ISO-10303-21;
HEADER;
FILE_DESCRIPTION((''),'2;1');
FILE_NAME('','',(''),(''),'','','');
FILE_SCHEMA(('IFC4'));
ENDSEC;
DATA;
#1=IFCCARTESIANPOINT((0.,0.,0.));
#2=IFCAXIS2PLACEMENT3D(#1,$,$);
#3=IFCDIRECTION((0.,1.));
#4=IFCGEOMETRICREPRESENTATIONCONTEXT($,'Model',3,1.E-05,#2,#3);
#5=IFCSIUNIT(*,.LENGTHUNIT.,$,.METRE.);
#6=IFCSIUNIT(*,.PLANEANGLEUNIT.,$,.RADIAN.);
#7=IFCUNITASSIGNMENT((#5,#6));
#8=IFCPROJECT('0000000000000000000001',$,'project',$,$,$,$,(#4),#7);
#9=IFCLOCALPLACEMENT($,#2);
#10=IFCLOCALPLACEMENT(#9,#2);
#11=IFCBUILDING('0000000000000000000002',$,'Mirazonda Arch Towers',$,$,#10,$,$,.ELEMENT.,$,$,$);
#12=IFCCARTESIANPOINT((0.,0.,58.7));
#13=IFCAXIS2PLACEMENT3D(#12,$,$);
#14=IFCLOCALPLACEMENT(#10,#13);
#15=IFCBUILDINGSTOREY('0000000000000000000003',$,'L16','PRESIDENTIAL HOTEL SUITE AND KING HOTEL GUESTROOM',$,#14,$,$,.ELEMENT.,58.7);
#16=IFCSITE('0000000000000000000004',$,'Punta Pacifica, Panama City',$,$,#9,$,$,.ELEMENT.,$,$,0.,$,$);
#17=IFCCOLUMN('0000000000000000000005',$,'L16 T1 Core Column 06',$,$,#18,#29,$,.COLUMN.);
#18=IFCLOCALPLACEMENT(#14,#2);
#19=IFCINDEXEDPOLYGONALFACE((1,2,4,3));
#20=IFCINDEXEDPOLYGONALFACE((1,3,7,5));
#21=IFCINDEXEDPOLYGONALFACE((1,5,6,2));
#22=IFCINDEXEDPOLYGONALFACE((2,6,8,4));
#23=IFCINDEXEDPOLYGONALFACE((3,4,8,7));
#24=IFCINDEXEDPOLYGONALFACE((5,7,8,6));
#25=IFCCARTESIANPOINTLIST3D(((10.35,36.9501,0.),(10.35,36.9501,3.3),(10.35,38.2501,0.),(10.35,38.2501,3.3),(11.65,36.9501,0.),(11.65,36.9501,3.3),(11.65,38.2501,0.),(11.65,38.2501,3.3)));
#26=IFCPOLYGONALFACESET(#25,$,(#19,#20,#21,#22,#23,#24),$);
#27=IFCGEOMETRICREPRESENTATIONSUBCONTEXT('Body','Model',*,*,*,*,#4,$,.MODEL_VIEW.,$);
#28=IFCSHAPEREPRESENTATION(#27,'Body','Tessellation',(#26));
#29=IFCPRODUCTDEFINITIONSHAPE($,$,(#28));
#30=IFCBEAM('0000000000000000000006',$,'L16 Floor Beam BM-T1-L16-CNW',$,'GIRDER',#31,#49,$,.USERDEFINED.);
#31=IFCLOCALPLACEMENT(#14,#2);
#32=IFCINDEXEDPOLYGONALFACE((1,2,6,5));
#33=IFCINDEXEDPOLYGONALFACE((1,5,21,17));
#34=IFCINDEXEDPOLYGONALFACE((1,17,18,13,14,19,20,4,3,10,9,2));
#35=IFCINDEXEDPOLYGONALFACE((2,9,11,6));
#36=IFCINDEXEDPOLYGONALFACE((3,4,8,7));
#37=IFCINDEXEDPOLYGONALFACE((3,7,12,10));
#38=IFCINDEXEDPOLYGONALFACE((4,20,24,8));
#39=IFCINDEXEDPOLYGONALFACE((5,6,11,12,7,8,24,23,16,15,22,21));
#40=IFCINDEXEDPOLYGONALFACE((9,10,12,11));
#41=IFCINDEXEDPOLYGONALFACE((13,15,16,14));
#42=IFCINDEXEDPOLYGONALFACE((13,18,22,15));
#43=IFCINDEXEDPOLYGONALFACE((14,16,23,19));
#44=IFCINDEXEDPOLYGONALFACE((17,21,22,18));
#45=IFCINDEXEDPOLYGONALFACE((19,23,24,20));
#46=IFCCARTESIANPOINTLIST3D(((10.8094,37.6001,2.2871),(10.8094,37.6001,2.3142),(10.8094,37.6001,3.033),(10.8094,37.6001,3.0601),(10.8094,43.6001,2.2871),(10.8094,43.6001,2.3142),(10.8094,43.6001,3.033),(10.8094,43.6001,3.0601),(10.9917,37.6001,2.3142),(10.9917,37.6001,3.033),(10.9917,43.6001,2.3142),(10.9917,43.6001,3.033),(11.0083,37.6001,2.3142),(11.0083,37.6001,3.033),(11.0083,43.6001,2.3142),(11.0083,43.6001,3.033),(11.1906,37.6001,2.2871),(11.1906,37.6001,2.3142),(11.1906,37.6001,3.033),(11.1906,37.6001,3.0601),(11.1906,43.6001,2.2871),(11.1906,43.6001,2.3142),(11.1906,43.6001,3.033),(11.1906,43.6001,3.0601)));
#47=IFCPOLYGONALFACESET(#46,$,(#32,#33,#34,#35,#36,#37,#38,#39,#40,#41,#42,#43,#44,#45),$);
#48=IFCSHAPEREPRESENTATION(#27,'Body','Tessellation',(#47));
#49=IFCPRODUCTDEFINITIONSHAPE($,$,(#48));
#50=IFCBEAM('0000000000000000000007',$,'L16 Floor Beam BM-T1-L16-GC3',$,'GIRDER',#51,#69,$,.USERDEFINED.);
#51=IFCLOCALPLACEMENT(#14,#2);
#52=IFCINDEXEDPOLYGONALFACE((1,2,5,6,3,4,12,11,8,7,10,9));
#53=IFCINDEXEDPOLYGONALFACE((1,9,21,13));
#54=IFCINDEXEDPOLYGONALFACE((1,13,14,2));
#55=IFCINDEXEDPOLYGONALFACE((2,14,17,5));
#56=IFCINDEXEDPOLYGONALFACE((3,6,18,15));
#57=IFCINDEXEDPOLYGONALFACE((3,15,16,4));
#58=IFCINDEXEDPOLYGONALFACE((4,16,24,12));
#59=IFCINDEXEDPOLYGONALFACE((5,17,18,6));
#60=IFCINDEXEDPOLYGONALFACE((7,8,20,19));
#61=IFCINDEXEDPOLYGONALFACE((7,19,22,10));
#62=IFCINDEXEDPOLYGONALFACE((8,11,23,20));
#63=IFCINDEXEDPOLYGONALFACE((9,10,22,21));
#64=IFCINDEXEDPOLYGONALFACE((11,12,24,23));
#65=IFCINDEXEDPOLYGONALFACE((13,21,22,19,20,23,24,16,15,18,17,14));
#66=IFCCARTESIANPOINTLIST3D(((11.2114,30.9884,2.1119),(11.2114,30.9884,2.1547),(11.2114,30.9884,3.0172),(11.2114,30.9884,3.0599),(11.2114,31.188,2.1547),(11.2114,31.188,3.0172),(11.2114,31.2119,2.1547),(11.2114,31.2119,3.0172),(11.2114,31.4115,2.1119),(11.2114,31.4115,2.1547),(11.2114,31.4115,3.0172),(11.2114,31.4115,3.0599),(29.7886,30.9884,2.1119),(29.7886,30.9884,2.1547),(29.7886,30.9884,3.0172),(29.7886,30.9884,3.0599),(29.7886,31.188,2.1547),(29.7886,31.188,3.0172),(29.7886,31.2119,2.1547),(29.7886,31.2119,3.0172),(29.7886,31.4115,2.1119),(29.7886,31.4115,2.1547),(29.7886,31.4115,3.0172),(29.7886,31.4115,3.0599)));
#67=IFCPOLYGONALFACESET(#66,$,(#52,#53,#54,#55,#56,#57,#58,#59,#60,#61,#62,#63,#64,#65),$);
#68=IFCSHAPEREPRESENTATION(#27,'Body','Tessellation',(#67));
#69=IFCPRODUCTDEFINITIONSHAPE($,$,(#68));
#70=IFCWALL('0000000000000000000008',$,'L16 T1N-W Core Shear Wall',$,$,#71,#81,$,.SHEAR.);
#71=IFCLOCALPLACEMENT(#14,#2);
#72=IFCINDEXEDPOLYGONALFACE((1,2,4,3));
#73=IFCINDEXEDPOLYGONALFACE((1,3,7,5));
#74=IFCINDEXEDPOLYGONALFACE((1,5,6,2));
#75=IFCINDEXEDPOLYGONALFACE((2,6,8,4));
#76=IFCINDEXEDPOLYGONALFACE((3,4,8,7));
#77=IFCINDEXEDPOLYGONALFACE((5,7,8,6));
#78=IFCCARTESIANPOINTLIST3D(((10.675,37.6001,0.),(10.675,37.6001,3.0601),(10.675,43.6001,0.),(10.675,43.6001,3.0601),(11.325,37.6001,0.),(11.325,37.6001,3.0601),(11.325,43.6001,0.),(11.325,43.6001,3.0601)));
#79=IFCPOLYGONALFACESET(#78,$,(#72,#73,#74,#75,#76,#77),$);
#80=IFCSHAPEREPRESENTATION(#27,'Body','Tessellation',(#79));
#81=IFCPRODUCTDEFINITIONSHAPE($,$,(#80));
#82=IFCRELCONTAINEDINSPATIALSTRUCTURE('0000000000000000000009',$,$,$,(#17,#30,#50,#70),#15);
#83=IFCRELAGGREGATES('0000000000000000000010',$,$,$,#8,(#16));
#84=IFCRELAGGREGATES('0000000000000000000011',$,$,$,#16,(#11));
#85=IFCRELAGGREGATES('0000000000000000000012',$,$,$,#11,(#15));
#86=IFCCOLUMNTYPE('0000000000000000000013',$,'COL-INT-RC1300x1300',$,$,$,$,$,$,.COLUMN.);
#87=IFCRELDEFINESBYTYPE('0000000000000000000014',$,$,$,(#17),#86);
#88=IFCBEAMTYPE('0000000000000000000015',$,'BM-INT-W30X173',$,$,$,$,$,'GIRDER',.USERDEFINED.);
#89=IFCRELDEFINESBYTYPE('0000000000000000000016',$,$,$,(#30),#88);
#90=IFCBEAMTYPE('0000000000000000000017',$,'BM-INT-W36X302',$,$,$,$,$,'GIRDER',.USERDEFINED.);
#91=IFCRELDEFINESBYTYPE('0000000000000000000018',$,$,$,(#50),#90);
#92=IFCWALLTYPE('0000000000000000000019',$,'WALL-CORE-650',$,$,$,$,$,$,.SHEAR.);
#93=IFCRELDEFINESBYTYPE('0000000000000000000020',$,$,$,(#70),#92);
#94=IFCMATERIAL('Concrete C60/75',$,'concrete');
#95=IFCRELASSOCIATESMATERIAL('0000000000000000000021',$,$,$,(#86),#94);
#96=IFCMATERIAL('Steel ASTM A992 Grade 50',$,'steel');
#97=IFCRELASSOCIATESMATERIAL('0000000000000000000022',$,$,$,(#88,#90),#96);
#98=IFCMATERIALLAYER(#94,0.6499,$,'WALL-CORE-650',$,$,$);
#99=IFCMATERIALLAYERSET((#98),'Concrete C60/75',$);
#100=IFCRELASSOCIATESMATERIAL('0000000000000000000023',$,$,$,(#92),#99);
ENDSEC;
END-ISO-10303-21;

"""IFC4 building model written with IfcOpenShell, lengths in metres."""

from ifc_helpers import new_model, si_unit, direction, frame, frame_2d, origin, origin_2d, place, context, subcontext, project, spatial, rectangle, i_section, extrude, material, layer, layer_set, material_profile, profile_set, type_object, element, save


model = new_model("IFC4")

# Units and contexts
model_context = context("Model", 3, precision=1e-05, world=origin(), true_north=direction((0.0, 1.0)))
body_context = subcontext(model_context, "Body", "Model", "MODEL_VIEW")
ifc_project = project(units=[si_unit("LENGTHUNIT", "METRE"), si_unit("PLANEANGLEUNIT", "RADIAN")], contexts=[model_context])

# Site, building, storey
site_placement = place(None, origin())
site = spatial("IfcSite", under=ifc_project, at=site_placement, Name="Punta Pacifica, Panama City", CompositionType="ELEMENT", RefElevation=0.0)
building_placement = place(site_placement, origin())
building = spatial("IfcBuilding", under=site, at=building_placement, Name="Mirazonda Arch Towers", CompositionType="ELEMENT")
storey_placement = place(building_placement, frame((0.0, 0.0, 58.7)))
storey = spatial("IfcBuildingStorey", under=building, at=storey_placement, Name="L16", Description="PRESIDENTIAL HOTEL SUITE AND KING HOTEL GUESTROOM", CompositionType="ELEMENT", Elevation=58.7)

# Column
ifc_material_1 = material(Name="Concrete C60/75", Category="concrete")
ifc_material_profile_1 = material_profile(ifc_material_1, rectangle(XDim=1.3, YDim=1.3, at=origin_2d()), Name="RC1300x1300")
ifc_profile_set_1 = profile_set([ifc_material_profile_1], Name="Concrete C60/75")
column_type = type_object("IfcColumnType", Name="COL-INT-RC1300x1300", PredefinedType="COLUMN", material=ifc_profile_set_1)
column_placement = place(storey_placement, frame((11.0, 37.6001, 0.0), z_axis=(0.0, 0.0, 1.0), x_axis=(1.0, 0.0, 0.0)))
element("IfcColumn", 1, at=column_placement, inside=storey, type_object=column_type, Name="L16 T1 Core Column 06", PredefinedType="COLUMN", context=body_context, shape_type="SweptSolid", body=[
    extrude(rectangle(XDim=1.3, YDim=1.3, at=origin_2d()), origin(), (0.0, 0.0, 1.0), 3.3),
])

# Beams
ifc_material_2 = material(Name="Steel ASTM A992 Grade 50", Category="steel")
ifc_material_profile_2 = material_profile(ifc_material_2, i_section(OverallWidth=0.3811, OverallDepth=0.7729, WebThickness=0.0166, FlangeThickness=0.0271, at=origin_2d()), Name="W30X173")
ifc_profile_set_2 = profile_set([ifc_material_profile_2], Name="Steel ASTM A992 Grade 50")
beam_type_1 = type_object("IfcBeamType", Name="BM-INT-W30X173", ElementType="GIRDER", PredefinedType="USERDEFINED", material=ifc_profile_set_2)
beam_1_placement = place(storey_placement, frame((11.0, 37.6001, 2.6736), z_axis=(0.0, 1.0, 0.0), x_axis=(-1.0, 0.0, 0.0)))
element("IfcBeam", 2, at=beam_1_placement, inside=storey, type_object=beam_type_1, Name="L16 Floor Beam BM-T1-L16-CNW", ObjectType="GIRDER", PredefinedType="USERDEFINED", context=body_context, shape_type="SweptSolid", body=[
    extrude(i_section(OverallWidth=0.3811, OverallDepth=0.7729, WebThickness=0.0166, FlangeThickness=0.0271, at=origin_2d()), origin(), (0.0, 0.0, 1.0), 6.0),
])
ifc_material_profile_3 = material_profile(ifc_material_2, i_section(OverallWidth=0.4231, OverallDepth=0.948, WebThickness=0.0239, FlangeThickness=0.0427, at=origin_2d()), Name="W36X302")
ifc_profile_set_3 = profile_set([ifc_material_profile_3], Name="Steel ASTM A992 Grade 50")
beam_type_2 = type_object("IfcBeamType", Name="BM-INT-W36X302", ElementType="GIRDER", PredefinedType="USERDEFINED", material=ifc_profile_set_3)
beam_2_placement = place(storey_placement, frame((11.2114, 31.2, 2.5859), z_axis=(1.0, 0.0, 0.0), x_axis=(0.0, 1.0, 0.0)))
element("IfcBeam", 3, at=beam_2_placement, inside=storey, type_object=beam_type_2, Name="L16 Floor Beam BM-T1-L16-GC3", ObjectType="GIRDER", PredefinedType="USERDEFINED", context=body_context, shape_type="SweptSolid", body=[
    extrude(i_section(OverallWidth=0.4231, OverallDepth=0.948, WebThickness=0.0239, FlangeThickness=0.0427, at=origin_2d()), origin(), (0.0, 0.0, 1.0), 18.5771),
])

# Wall
ifc_layer_1 = layer(ifc_material_1, 0.6499, Name="WALL-CORE-650")
ifc_layer_set_1 = layer_set([ifc_layer_1], Name="Concrete C60/75")
wall_type_1 = type_object("IfcWallType", Name="WALL-CORE-650", PredefinedType="SHEAR", material=ifc_layer_set_1)
wall_1_placement = place(storey_placement, frame((11.0, 37.6001, 0.0), z_axis=(0.0, 0.0, 1.0), x_axis=(0.0, 1.0, 0.0)))
element("IfcWall", 4, at=wall_1_placement, inside=storey, type_object=wall_type_1, Name="L16 T1N-W Core Shear Wall", PredefinedType="SHEAR", context=body_context, shape_type="SweptSolid", body=[
    extrude(rectangle(XDim=6.0, YDim=0.6499, at=frame_2d((3.0, 0.0))), origin(), (0.0, 0.0, 1.0), 3.0601),
])

save(model, "model.ifc")
